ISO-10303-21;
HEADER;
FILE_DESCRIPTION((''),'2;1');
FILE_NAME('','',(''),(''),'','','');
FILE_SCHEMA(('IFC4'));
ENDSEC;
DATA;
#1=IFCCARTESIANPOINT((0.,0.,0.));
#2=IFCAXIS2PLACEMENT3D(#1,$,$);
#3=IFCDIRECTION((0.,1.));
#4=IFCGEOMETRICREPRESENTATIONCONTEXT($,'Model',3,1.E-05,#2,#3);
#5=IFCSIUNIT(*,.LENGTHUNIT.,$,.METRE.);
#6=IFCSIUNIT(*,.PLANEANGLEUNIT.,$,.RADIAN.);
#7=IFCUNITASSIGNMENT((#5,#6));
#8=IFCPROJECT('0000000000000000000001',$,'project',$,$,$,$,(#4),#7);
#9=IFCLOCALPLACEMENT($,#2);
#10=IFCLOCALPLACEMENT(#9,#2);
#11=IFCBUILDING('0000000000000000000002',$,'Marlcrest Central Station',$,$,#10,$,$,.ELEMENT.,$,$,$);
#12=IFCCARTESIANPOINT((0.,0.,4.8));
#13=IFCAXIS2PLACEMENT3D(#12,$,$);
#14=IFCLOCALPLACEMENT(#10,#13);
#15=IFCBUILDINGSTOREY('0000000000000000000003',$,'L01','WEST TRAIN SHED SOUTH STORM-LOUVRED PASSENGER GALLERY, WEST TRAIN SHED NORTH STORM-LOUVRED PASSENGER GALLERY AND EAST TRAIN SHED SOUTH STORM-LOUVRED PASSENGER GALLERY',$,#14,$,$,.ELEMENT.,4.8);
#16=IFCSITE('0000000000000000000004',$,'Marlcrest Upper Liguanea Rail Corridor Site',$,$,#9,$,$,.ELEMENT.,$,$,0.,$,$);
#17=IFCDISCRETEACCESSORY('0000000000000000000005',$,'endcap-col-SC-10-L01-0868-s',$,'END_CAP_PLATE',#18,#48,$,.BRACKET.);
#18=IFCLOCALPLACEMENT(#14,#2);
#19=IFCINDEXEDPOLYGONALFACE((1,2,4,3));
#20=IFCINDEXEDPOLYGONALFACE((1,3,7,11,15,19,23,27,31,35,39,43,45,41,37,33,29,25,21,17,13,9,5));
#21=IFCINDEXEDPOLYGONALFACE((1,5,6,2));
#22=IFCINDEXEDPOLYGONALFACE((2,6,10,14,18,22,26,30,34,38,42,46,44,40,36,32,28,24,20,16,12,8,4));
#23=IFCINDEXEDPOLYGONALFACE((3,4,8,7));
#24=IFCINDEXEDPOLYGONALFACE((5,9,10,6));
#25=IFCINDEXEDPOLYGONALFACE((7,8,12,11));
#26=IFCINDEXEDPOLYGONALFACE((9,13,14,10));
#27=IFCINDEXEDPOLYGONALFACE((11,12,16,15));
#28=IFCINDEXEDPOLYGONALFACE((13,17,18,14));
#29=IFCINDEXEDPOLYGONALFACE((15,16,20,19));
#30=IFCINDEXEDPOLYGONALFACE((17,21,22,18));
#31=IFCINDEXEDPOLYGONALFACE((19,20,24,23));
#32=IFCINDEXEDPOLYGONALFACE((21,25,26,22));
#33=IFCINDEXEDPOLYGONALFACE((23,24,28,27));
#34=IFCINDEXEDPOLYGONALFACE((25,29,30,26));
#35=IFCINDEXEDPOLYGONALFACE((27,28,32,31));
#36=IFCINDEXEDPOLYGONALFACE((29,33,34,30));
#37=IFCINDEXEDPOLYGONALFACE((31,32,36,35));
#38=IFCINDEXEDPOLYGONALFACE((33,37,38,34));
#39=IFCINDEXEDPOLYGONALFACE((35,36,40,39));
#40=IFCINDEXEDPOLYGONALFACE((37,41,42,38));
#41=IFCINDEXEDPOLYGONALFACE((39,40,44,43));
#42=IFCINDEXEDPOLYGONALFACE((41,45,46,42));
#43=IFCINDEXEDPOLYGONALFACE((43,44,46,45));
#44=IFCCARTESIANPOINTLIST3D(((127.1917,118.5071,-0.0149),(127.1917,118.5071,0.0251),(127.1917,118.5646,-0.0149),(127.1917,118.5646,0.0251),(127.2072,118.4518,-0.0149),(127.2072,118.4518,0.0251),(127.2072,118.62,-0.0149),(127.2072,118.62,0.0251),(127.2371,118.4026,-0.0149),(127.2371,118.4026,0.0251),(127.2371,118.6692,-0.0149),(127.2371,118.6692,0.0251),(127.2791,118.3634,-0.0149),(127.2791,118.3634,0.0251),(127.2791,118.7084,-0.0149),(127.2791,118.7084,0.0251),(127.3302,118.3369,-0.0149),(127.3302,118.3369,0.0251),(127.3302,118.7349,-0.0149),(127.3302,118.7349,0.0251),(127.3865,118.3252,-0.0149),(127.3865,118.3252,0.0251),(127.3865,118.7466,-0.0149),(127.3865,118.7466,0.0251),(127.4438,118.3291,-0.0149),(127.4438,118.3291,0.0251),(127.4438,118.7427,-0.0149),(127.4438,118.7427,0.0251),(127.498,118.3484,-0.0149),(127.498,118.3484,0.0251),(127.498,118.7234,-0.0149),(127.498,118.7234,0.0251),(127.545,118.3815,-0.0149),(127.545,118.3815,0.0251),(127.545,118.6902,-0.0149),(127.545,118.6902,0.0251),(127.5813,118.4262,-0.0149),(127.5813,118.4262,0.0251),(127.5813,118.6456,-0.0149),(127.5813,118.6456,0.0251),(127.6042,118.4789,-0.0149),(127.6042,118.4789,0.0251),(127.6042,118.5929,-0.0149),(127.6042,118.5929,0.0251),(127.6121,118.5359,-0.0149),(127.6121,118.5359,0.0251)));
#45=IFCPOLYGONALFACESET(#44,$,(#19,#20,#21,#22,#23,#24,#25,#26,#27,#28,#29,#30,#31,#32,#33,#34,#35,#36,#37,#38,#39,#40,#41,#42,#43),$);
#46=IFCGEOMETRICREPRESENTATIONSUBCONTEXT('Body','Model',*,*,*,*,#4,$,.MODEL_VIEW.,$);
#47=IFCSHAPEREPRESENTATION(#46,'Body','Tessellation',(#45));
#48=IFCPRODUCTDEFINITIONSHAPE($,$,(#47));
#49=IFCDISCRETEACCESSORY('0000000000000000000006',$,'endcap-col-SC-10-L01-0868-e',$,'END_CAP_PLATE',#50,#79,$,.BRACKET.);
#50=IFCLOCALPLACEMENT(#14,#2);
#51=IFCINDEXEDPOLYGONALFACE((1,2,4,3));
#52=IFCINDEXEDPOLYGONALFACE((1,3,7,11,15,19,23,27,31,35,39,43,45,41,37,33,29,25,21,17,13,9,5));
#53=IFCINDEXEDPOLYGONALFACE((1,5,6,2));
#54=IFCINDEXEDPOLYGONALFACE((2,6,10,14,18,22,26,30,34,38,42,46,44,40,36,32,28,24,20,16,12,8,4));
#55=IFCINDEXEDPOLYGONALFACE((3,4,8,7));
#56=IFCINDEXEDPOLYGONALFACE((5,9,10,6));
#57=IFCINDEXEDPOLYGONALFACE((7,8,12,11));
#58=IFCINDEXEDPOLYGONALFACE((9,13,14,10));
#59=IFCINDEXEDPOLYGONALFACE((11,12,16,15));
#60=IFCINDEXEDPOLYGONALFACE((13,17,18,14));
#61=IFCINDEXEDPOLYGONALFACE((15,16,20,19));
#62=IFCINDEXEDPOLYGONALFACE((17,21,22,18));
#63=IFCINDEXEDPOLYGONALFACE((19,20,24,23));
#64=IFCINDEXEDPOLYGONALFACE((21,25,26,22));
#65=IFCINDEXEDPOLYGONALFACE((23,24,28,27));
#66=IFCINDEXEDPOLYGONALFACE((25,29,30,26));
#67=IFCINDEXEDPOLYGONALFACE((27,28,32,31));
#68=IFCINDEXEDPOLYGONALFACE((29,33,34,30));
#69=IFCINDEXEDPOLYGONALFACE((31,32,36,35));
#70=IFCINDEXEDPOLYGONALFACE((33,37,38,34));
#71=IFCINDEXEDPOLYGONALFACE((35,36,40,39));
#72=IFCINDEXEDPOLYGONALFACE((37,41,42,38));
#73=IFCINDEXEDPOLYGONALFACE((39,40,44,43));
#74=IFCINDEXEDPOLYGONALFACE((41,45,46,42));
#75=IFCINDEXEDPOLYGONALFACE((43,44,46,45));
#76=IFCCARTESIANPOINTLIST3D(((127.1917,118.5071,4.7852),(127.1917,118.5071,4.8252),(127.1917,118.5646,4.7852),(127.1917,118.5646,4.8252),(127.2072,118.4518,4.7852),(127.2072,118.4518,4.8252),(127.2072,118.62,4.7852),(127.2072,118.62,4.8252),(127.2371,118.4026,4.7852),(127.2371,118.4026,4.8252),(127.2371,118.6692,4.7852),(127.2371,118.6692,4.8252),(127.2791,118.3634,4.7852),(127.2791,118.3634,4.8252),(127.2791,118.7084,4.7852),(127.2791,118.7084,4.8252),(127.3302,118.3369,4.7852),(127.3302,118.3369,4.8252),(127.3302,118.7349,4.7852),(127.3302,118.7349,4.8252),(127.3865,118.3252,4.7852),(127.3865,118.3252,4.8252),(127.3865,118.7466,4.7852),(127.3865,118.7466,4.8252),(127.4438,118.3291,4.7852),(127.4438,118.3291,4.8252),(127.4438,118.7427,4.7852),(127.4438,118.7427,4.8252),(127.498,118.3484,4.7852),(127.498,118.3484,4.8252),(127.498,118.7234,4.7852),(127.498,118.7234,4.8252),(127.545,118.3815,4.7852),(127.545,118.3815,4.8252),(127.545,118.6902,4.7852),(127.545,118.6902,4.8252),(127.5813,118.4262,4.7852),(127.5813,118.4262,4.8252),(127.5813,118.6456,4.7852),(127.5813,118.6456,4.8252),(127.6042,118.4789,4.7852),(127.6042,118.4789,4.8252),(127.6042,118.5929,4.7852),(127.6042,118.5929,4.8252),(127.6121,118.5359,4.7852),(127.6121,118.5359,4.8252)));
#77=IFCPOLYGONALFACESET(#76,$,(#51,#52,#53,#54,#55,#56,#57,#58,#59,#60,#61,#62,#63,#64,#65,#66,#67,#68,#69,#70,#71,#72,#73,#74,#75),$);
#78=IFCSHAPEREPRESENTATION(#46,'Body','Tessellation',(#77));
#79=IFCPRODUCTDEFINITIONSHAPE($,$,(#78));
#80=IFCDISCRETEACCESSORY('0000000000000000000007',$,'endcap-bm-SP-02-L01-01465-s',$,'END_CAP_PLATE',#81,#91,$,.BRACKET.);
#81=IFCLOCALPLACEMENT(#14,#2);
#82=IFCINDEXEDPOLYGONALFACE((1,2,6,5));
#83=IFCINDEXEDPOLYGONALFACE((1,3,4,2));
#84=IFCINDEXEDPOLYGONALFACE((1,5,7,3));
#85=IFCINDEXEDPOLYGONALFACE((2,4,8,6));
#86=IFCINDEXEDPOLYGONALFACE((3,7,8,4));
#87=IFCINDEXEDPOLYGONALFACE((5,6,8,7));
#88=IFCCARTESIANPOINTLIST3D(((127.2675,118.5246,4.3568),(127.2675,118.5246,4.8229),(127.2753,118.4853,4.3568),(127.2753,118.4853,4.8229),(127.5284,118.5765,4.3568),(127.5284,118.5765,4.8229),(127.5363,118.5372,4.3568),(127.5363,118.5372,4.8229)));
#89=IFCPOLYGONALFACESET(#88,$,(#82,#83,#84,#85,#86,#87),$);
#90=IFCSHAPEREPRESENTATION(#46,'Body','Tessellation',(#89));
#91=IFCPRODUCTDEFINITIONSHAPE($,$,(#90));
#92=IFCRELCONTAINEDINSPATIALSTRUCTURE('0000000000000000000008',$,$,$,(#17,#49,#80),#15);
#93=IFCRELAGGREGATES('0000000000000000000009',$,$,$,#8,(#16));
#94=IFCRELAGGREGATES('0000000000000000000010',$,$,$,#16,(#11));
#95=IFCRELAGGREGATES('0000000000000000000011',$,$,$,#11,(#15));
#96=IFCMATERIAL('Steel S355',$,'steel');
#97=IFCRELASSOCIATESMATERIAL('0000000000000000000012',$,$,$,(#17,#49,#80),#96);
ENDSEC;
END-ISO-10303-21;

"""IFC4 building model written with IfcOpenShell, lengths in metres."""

from ifc_helpers import new_model, si_unit, direction, frame, origin, origin_2d, place, context, subcontext, project, spatial, rectangle, circle, extrude, material, element, save


model = new_model("IFC4")

# Units and contexts
model_context = context("Model", 3, precision=1e-05, world=origin(), true_north=direction((0.0, 1.0)))
body_context = subcontext(model_context, "Body", "Model", "MODEL_VIEW")
ifc_project = project(units=[si_unit("LENGTHUNIT", "METRE"), si_unit("PLANEANGLEUNIT", "RADIAN")], contexts=[model_context])

# Site, building, storey
site_placement = place(None, origin())
site = spatial("IfcSite", under=ifc_project, at=site_placement, Name="Marlcrest Upper Liguanea Rail Corridor Site", CompositionType="ELEMENT", RefElevation=0.0)
building_placement = place(site_placement, origin())
building = spatial("IfcBuilding", under=site, at=building_placement, Name="Marlcrest Central Station", CompositionType="ELEMENT")
storey_placement = place(building_placement, frame((0.0, 0.0, 4.8)))
storey = spatial("IfcBuildingStorey", under=building, at=storey_placement, Name="L01", Description="WEST TRAIN SHED SOUTH STORM-LOUVRED PASSENGER GALLERY, WEST TRAIN SHED NORTH STORM-LOUVRED PASSENGER GALLERY AND EAST TRAIN SHED SOUTH STORM-LOUVRED PASSENGER GALLERY", CompositionType="ELEMENT", Elevation=4.8)

# Shared definitions
ifc_material_1 = material(Name="Steel S355", Category="steel")

# Discrete accessories
for number, where, z_axis, x_axis, name in (
    (1, (127.4009, 118.5359, -0.0149), (0.0, 0.0, 1.0), (1.0, 0.0, 0.0), "endcap-col-SC-10-L01-0868-s"),
    (2, (127.4009, 118.5359, 4.7852), (0.0, 0.0, 1.0), (1.0, 0.0, 0.0), "endcap-col-SC-10-L01-0868-e"),
):
    element("IfcDiscreteAccessory", number, at=place(storey_placement, frame(where, z_axis=z_axis, x_axis=x_axis)), inside=storey, material=ifc_material_1, Name=name, ObjectType="END_CAP_PLATE", PredefinedType="BRACKET", context=body_context, shape_type="SweptSolid", body=[
        extrude(circle(Radius=0.2112, at=origin_2d()), origin(), (0.0, 0.0, 1.0), 0.04),
    ])
discrete_accessory_placement = place(storey_placement, frame((127.3979, 118.5505, 4.5898), z_axis=(0.195171, -0.980769, 0.0), x_axis=(0.980769, 0.195171, 0.0)))
element("IfcDiscreteAccessory", 3, at=discrete_accessory_placement, inside=storey, material=ifc_material_1, Name="endcap-bm-SP-02-L01-01465-s", ObjectType="END_CAP_PLATE", PredefinedType="BRACKET", context=body_context, shape_type="SweptSolid", body=[
    extrude(rectangle(XDim=0.2661, YDim=0.4661, at=origin_2d()), origin(), (0.0, 0.0, 1.0), 0.04),
])

save(model, "model.ifc")
